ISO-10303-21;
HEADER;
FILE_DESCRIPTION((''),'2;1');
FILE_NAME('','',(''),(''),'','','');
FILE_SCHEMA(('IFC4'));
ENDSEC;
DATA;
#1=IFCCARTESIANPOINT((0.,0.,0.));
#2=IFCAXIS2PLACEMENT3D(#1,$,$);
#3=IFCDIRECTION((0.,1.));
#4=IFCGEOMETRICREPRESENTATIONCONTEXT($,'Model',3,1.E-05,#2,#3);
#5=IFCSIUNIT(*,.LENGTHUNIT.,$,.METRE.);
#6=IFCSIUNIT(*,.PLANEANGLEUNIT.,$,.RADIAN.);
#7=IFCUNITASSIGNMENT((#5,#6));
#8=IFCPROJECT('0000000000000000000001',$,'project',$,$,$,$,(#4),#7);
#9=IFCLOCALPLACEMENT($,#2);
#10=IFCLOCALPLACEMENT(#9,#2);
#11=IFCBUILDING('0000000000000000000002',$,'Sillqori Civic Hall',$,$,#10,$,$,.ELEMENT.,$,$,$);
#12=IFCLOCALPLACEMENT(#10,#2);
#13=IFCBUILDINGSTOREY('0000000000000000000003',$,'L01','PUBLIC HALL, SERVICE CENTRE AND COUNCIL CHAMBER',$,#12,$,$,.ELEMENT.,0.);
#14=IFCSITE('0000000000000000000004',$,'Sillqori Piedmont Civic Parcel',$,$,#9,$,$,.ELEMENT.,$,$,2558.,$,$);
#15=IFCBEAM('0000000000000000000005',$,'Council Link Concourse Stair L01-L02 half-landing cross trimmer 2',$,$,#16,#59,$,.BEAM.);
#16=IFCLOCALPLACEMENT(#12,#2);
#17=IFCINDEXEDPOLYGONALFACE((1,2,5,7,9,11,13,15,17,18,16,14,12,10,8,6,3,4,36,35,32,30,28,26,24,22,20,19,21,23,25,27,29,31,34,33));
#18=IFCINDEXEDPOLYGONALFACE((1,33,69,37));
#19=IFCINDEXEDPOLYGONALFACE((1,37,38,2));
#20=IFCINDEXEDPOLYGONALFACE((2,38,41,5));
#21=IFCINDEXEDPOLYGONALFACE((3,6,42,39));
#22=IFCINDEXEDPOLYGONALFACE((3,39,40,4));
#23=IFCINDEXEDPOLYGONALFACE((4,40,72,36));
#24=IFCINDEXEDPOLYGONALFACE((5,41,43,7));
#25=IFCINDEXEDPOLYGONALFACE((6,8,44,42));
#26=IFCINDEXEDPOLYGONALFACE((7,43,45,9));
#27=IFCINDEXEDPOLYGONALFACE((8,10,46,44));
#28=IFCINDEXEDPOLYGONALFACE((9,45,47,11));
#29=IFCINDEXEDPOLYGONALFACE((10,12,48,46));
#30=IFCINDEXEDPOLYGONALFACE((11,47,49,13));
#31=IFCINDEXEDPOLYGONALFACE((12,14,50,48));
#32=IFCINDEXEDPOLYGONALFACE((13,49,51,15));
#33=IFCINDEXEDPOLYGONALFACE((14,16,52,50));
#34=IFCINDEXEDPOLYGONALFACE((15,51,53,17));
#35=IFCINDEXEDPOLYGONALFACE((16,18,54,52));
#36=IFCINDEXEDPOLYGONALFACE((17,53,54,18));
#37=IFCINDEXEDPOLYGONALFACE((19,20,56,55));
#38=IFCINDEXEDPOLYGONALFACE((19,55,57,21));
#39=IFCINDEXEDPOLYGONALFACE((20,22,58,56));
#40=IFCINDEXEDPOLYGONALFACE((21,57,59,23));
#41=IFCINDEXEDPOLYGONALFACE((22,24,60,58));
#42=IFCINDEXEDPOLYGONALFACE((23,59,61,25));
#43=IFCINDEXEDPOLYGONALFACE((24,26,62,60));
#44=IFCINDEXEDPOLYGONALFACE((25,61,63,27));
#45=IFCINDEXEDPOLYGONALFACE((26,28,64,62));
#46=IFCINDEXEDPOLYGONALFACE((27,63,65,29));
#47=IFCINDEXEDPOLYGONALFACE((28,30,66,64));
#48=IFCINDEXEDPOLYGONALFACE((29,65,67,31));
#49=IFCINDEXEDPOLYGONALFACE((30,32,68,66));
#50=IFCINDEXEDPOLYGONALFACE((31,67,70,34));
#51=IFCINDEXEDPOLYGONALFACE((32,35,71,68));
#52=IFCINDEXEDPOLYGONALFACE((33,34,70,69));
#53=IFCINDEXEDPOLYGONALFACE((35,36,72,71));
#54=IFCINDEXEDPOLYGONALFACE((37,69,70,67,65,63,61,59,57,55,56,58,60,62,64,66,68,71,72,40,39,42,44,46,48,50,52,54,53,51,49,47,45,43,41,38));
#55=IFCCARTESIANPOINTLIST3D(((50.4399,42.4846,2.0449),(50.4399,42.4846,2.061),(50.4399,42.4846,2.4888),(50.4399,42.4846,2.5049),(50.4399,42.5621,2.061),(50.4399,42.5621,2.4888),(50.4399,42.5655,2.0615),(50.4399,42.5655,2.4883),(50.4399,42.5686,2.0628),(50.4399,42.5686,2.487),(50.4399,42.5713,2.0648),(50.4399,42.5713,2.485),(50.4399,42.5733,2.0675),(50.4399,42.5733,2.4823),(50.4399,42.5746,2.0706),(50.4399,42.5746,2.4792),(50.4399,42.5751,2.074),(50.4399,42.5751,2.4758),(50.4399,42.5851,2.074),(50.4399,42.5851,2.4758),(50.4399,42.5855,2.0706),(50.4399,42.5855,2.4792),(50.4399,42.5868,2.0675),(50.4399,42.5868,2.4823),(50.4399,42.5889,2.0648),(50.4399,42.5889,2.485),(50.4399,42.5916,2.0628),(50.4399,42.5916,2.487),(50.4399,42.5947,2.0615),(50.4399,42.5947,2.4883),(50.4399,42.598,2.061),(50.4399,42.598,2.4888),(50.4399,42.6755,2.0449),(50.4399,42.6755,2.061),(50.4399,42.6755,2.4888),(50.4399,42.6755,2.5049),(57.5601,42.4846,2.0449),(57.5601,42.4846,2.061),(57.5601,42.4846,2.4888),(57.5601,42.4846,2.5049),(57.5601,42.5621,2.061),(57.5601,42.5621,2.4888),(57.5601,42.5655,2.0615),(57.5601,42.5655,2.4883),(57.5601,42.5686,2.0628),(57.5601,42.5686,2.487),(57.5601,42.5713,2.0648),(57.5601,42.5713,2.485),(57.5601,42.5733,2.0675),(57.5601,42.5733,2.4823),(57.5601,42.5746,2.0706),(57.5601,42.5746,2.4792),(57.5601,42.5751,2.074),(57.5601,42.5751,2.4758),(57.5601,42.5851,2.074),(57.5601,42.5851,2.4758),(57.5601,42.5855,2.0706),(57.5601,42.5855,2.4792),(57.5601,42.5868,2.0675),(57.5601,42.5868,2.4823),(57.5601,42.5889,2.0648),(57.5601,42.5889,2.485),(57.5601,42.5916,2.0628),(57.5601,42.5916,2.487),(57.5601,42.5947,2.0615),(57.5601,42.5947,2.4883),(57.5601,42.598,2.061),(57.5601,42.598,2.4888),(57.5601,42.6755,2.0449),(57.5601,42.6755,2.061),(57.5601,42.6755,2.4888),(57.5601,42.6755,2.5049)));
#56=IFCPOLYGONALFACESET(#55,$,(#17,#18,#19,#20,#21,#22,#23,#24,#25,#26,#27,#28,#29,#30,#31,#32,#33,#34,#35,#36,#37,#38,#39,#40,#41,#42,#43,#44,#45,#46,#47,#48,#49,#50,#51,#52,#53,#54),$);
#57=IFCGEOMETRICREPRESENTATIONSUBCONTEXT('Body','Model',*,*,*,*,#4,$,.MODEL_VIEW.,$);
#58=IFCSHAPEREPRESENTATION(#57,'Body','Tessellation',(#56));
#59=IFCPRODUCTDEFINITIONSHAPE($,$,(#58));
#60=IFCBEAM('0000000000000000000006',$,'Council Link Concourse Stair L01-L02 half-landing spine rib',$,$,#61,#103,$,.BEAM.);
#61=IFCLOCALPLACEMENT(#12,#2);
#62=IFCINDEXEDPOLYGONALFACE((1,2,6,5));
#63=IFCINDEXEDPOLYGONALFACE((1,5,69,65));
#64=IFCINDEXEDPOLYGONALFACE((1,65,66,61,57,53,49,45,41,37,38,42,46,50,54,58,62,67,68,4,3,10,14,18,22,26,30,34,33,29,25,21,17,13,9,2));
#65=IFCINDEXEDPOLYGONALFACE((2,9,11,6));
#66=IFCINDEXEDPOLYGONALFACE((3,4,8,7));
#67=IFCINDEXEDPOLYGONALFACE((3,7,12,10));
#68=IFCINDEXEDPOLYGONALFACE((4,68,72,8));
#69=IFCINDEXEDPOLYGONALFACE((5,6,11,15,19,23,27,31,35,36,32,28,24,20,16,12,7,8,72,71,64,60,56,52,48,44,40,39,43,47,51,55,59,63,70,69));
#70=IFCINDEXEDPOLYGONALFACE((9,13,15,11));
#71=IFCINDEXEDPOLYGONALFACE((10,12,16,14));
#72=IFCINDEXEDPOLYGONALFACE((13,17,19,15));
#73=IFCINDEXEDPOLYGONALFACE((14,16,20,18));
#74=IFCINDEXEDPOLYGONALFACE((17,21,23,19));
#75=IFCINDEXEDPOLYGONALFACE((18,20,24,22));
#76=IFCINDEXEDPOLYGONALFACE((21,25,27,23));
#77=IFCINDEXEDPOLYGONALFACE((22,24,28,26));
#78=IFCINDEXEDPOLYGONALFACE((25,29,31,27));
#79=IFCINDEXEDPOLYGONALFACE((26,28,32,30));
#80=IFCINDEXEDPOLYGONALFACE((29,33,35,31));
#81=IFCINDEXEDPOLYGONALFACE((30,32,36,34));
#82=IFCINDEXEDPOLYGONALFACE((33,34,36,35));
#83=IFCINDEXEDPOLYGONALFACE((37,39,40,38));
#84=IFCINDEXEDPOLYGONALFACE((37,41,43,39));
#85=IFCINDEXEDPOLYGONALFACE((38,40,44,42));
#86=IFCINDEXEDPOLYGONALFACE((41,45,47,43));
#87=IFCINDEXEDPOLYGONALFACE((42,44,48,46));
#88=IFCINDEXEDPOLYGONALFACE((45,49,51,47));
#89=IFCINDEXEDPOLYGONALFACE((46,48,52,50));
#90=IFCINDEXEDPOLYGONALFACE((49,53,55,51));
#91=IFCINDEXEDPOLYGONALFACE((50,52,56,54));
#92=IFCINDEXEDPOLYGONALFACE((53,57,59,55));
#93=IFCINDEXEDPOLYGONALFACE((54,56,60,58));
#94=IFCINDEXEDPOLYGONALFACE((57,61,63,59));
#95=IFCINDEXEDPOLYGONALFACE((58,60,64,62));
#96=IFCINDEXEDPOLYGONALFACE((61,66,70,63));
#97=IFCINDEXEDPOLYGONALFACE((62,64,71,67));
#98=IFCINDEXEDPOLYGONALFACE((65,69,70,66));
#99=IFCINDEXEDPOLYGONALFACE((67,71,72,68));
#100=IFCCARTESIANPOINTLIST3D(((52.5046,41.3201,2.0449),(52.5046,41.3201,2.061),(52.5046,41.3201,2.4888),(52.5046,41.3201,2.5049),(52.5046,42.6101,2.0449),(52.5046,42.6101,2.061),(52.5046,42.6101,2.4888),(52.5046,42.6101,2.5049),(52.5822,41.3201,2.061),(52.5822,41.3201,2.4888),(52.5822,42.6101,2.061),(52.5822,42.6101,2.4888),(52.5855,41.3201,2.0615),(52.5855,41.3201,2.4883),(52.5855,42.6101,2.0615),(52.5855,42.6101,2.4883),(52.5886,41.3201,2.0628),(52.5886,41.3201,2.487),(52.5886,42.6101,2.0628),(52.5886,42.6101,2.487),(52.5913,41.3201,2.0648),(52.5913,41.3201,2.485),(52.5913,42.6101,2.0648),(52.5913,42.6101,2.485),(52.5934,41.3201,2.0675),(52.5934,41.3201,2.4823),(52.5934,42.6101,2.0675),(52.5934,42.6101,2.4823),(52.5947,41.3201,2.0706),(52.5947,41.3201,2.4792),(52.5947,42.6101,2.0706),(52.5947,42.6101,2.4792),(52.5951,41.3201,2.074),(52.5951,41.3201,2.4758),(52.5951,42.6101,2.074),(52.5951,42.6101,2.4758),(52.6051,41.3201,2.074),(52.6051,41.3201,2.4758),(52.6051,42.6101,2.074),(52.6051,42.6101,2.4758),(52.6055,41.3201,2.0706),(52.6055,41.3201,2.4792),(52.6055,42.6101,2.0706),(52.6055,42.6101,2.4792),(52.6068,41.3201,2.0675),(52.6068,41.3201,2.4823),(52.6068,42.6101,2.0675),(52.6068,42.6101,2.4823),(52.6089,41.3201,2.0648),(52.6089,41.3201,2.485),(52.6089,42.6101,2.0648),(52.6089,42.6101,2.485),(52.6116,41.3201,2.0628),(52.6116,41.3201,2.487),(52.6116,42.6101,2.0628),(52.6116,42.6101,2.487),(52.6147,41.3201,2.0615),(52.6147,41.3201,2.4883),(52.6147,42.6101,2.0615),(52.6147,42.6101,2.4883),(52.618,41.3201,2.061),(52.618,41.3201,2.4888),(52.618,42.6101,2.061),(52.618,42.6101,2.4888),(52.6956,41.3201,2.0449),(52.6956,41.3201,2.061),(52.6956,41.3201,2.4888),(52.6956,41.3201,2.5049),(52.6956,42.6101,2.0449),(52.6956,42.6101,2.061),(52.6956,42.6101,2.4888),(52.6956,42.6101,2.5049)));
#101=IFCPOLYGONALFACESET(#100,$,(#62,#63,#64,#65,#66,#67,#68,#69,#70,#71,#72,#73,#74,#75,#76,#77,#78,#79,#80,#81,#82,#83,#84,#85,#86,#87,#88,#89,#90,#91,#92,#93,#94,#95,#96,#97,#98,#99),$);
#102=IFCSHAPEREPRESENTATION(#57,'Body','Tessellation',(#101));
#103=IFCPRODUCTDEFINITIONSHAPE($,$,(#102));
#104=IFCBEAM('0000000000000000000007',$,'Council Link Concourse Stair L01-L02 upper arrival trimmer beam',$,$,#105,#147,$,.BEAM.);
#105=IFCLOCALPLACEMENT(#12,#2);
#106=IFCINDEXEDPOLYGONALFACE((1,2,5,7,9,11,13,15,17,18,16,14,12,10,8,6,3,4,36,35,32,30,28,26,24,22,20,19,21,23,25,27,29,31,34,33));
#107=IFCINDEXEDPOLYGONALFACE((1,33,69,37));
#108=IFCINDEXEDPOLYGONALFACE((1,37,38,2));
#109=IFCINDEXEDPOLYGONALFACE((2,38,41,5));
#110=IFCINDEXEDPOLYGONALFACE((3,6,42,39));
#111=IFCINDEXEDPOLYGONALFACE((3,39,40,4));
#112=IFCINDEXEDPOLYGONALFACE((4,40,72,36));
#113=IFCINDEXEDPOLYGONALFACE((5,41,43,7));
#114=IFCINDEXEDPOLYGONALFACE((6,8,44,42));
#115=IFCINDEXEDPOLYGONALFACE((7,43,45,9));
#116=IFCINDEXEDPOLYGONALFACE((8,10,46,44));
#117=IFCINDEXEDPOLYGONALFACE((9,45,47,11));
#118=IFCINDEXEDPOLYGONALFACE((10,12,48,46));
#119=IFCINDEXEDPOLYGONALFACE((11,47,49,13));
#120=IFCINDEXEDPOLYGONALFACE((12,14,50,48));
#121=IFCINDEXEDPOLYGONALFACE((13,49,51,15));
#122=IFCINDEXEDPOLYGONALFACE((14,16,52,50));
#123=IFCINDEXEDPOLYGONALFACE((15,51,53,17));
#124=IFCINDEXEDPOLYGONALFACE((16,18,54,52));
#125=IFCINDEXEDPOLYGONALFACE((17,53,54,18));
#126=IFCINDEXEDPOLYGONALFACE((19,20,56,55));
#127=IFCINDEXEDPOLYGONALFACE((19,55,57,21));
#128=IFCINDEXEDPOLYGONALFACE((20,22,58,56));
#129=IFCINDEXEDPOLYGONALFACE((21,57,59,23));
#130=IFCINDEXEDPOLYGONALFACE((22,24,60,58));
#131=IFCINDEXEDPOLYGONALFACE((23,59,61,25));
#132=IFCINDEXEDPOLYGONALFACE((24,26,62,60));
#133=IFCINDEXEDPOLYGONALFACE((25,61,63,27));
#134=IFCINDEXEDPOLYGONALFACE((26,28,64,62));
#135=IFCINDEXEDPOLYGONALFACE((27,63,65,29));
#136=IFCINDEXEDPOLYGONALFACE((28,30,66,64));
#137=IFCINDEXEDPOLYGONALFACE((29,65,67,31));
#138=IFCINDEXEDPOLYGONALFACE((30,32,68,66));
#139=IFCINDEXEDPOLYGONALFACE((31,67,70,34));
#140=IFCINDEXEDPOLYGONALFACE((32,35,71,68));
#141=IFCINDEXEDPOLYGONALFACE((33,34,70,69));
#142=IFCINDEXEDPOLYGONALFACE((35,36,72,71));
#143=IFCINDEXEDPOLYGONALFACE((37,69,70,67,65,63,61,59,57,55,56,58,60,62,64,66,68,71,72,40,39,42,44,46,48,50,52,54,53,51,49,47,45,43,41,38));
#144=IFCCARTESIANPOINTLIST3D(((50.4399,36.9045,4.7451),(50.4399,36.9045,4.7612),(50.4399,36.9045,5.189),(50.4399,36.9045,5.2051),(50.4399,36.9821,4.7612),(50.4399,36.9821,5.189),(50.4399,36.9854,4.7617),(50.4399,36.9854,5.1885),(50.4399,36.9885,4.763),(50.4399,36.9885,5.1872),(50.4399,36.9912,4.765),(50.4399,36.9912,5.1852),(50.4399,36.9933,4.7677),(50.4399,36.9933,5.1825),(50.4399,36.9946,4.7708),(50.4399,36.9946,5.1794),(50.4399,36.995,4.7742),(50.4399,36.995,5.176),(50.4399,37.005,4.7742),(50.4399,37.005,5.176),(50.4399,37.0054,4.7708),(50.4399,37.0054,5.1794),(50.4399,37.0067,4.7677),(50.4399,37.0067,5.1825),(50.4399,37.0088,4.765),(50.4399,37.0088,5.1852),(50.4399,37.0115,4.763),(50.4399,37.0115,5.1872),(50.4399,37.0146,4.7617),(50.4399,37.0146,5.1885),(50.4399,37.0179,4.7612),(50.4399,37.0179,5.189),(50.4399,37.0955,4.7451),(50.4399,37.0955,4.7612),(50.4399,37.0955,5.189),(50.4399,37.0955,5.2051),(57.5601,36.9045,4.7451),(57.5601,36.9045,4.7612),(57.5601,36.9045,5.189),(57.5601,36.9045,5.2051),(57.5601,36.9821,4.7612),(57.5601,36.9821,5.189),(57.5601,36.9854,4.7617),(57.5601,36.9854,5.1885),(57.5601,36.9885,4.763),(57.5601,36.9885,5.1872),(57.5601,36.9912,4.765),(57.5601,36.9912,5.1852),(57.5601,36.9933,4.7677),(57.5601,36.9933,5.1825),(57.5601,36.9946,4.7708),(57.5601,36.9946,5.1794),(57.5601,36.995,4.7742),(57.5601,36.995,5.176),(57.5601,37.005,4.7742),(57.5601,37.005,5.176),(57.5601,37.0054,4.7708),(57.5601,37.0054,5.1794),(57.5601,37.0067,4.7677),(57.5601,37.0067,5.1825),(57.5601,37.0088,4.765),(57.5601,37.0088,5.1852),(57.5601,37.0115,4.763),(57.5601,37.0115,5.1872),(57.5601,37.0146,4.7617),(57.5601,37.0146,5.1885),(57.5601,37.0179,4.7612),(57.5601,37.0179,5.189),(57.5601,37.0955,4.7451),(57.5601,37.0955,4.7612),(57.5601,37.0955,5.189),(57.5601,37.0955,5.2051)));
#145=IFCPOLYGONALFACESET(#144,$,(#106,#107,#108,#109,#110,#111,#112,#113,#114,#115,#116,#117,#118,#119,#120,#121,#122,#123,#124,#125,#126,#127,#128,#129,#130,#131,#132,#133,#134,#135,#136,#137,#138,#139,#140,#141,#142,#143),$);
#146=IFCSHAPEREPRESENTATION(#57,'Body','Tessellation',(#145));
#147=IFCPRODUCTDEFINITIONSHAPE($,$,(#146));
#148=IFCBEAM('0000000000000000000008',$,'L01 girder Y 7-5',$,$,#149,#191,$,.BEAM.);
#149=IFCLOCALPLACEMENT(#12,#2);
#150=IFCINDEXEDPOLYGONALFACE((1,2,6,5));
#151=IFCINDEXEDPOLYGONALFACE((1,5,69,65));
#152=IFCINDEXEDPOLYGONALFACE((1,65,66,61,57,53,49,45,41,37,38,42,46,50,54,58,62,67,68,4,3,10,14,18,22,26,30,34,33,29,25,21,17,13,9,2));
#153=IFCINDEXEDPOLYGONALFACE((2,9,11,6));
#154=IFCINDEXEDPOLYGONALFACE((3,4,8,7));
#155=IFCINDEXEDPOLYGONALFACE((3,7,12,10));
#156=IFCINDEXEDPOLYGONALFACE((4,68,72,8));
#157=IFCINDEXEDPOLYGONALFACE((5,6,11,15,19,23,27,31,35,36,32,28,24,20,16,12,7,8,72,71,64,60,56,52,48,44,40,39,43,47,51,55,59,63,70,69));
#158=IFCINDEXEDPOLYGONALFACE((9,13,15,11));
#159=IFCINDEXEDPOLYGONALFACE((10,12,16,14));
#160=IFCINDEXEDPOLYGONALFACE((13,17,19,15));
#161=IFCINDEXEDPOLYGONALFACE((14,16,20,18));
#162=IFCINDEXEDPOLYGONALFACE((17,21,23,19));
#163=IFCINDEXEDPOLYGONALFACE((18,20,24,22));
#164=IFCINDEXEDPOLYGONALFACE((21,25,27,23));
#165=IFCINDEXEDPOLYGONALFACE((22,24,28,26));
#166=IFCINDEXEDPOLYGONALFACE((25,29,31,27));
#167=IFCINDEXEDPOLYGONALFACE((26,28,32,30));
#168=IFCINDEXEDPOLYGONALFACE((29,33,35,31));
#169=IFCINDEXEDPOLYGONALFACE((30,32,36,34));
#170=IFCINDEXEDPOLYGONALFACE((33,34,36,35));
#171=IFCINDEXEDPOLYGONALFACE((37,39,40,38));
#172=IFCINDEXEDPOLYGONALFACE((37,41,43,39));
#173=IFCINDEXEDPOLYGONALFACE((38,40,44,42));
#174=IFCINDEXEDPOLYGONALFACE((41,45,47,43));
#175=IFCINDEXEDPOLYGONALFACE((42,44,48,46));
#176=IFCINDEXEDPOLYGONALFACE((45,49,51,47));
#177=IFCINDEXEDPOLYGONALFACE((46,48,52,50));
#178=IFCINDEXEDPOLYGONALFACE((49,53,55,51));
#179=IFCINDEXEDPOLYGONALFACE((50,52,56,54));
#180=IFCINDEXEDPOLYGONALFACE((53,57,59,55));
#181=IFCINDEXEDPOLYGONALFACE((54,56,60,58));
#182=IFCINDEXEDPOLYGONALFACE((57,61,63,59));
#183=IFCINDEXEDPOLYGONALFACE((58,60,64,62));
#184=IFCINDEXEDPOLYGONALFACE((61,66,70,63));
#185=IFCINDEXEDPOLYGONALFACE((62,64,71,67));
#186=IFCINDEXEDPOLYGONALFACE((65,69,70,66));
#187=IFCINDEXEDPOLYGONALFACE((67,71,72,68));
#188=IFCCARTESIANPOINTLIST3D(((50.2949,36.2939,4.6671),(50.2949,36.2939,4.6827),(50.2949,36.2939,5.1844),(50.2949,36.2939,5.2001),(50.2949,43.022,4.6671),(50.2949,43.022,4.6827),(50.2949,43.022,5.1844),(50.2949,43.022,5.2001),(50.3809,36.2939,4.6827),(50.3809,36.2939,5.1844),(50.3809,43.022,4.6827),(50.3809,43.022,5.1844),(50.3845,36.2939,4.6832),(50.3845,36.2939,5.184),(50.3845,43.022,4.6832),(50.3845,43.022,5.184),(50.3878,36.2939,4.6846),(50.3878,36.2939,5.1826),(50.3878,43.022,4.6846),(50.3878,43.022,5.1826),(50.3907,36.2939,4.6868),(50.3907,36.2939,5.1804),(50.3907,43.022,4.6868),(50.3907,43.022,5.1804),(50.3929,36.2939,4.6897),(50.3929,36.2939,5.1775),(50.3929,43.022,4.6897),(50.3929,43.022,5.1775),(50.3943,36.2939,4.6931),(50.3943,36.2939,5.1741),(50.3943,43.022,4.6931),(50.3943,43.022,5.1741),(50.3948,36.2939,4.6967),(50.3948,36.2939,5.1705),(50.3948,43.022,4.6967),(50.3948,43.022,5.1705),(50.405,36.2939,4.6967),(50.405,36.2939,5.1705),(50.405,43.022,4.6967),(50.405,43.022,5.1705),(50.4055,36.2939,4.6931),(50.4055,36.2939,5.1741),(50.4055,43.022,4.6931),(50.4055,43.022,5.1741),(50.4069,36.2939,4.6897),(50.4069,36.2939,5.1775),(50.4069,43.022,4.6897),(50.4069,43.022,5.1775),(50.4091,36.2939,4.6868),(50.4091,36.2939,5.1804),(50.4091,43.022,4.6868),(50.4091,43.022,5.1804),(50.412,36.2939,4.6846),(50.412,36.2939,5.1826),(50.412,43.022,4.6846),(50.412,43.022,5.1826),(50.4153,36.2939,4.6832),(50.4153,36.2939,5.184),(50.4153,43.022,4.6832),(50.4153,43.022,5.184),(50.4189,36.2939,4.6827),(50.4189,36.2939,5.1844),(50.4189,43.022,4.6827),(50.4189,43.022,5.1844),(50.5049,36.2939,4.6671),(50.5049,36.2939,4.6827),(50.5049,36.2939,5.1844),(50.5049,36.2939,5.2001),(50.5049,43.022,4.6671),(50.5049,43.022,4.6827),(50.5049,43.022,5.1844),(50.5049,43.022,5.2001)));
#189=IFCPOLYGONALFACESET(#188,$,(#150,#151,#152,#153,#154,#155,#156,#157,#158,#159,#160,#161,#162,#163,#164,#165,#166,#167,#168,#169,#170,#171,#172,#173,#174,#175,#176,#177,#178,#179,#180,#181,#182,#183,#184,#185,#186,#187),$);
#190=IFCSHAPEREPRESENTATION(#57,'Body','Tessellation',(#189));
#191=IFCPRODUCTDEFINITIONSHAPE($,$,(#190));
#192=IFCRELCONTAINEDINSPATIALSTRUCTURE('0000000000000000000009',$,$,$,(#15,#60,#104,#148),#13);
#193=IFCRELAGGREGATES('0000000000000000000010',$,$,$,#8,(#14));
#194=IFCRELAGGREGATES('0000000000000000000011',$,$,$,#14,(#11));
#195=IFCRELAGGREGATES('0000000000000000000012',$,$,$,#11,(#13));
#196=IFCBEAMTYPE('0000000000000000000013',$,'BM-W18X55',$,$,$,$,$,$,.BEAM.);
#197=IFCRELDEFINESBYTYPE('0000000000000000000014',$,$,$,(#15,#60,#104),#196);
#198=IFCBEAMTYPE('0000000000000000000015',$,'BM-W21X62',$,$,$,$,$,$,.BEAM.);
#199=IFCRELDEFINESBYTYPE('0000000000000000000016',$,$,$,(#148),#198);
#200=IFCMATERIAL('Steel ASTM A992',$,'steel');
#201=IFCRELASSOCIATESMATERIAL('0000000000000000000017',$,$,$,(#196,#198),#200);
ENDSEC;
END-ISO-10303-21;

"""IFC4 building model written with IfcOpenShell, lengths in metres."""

from ifc_helpers import new_model, si_unit, direction, frame, origin, origin_2d, place, context, subcontext, project, spatial, i_section, extrude, material, material_profile, profile_set, type_object, element, save


model = new_model("IFC4")

# Units and contexts
model_context = context("Model", 3, precision=1e-05, world=origin(), true_north=direction((0.0, 1.0)))
body_context = subcontext(model_context, "Body", "Model", "MODEL_VIEW")
ifc_project = project(units=[si_unit("LENGTHUNIT", "METRE"), si_unit("PLANEANGLEUNIT", "RADIAN")], contexts=[model_context])

# Site, building, storey
site_placement = place(None, origin())
site = spatial("IfcSite", under=ifc_project, at=site_placement, Name="Sillqori Piedmont Civic Parcel", CompositionType="ELEMENT", RefElevation=2558.0)
building_placement = place(site_placement, origin())
building = spatial("IfcBuilding", under=site, at=building_placement, Name="Sillqori Civic Hall", CompositionType="ELEMENT")
storey_placement = place(building_placement, origin())
storey = spatial("IfcBuildingStorey", under=building, at=storey_placement, Name="L01", Description="PUBLIC HALL, SERVICE CENTRE AND COUNCIL CHAMBER", CompositionType="ELEMENT", Elevation=0.0)

# Shared definitions
ifc_material_1 = material(Name="Steel ASTM A992", Category="steel")

# Beams
ifc_material_profile_1 = material_profile(ifc_material_1, i_section(OverallWidth=0.1909, OverallDepth=0.46, WebThickness=0.01, FlangeThickness=0.0161, FilletRadius=0.0129, at=origin_2d()), Name="W18X55")
ifc_profile_set_1 = profile_set([ifc_material_profile_1], Name="Steel ASTM A992")
beam_type_1 = type_object("IfcBeamType", Name="BM-W18X55", PredefinedType="BEAM", material=ifc_profile_set_1)
for number, where, z_axis, x_axis, name in (
    (1, (50.4399, 42.5801, 2.2749), (1.0, 0.0, 0.0), (0.0, 1.0, 0.0), "Council Link Concourse Stair L01-L02 half-landing cross trimmer 2"),
):
    element("IfcBeam", number, at=place(storey_placement, frame(where, z_axis=z_axis, x_axis=x_axis)), inside=storey, type_object=beam_type_1, Name=name, PredefinedType="BEAM", context=body_context, shape_type="SweptSolid", body=[
        extrude(i_section(OverallWidth=0.1909, OverallDepth=0.46, WebThickness=0.01, FlangeThickness=0.0161, FilletRadius=0.0129, at=origin_2d()), origin(), (0.0, 0.0, 1.0), 7.1201),
    ])
beam_1_placement = place(storey_placement, frame((52.6001, 41.3201, 2.2749), z_axis=(0.0, 1.0, 0.0), x_axis=(-1.0, 0.0, 0.0)))
element("IfcBeam", 2, at=beam_1_placement, inside=storey, type_object=beam_type_1, Name="Council Link Concourse Stair L01-L02 half-landing spine rib", PredefinedType="BEAM", context=body_context, shape_type="SweptSolid", body=[
    extrude(i_section(OverallWidth=0.1909, OverallDepth=0.46, WebThickness=0.01, FlangeThickness=0.0161, FilletRadius=0.0129, at=origin_2d()), origin(), (0.0, 0.0, 1.0), 1.29),
])
beam_2_placement = place(storey_placement, frame((50.4399, 37.0, 4.9751), z_axis=(1.0, 0.0, 0.0), x_axis=(0.0, 1.0, 0.0)))
element("IfcBeam", 3, at=beam_2_placement, inside=storey, type_object=beam_type_1, Name="Council Link Concourse Stair L01-L02 upper arrival trimmer beam", PredefinedType="BEAM", context=body_context, shape_type="SweptSolid", body=[
    extrude(i_section(OverallWidth=0.1909, OverallDepth=0.46, WebThickness=0.01, FlangeThickness=0.0161, FilletRadius=0.0129, at=origin_2d()), origin(), (0.0, 0.0, 1.0), 7.1201),
])
ifc_material_profile_2 = material_profile(ifc_material_1, i_section(OverallWidth=0.21, OverallDepth=0.533, WebThickness=0.0103, FlangeThickness=0.0156, FilletRadius=0.0139, at=origin_2d()), Name="W21X62")
ifc_profile_set_2 = profile_set([ifc_material_profile_2], Name="Steel ASTM A992")
beam_type_2 = type_object("IfcBeamType", Name="BM-W21X62", PredefinedType="BEAM", material=ifc_profile_set_2)
for number, where, z_axis, x_axis, name in (
    (4, (50.3999, 36.2939, 4.9336), (0.0, 1.0, 0.0), (-1.0, 0.0, 0.0), "L01 girder Y 7-5"),
):
    element("IfcBeam", number, at=place(storey_placement, frame(where, z_axis=z_axis, x_axis=x_axis)), inside=storey, type_object=beam_type_2, Name=name, PredefinedType="BEAM", context=body_context, shape_type="SweptSolid", body=[
        extrude(i_section(OverallWidth=0.21, OverallDepth=0.533, WebThickness=0.0103, FlangeThickness=0.0156, FilletRadius=0.0139, at=origin_2d()), origin(), (0.0, 0.0, 1.0), 6.728),
    ])

save(model, "model.ifc")
